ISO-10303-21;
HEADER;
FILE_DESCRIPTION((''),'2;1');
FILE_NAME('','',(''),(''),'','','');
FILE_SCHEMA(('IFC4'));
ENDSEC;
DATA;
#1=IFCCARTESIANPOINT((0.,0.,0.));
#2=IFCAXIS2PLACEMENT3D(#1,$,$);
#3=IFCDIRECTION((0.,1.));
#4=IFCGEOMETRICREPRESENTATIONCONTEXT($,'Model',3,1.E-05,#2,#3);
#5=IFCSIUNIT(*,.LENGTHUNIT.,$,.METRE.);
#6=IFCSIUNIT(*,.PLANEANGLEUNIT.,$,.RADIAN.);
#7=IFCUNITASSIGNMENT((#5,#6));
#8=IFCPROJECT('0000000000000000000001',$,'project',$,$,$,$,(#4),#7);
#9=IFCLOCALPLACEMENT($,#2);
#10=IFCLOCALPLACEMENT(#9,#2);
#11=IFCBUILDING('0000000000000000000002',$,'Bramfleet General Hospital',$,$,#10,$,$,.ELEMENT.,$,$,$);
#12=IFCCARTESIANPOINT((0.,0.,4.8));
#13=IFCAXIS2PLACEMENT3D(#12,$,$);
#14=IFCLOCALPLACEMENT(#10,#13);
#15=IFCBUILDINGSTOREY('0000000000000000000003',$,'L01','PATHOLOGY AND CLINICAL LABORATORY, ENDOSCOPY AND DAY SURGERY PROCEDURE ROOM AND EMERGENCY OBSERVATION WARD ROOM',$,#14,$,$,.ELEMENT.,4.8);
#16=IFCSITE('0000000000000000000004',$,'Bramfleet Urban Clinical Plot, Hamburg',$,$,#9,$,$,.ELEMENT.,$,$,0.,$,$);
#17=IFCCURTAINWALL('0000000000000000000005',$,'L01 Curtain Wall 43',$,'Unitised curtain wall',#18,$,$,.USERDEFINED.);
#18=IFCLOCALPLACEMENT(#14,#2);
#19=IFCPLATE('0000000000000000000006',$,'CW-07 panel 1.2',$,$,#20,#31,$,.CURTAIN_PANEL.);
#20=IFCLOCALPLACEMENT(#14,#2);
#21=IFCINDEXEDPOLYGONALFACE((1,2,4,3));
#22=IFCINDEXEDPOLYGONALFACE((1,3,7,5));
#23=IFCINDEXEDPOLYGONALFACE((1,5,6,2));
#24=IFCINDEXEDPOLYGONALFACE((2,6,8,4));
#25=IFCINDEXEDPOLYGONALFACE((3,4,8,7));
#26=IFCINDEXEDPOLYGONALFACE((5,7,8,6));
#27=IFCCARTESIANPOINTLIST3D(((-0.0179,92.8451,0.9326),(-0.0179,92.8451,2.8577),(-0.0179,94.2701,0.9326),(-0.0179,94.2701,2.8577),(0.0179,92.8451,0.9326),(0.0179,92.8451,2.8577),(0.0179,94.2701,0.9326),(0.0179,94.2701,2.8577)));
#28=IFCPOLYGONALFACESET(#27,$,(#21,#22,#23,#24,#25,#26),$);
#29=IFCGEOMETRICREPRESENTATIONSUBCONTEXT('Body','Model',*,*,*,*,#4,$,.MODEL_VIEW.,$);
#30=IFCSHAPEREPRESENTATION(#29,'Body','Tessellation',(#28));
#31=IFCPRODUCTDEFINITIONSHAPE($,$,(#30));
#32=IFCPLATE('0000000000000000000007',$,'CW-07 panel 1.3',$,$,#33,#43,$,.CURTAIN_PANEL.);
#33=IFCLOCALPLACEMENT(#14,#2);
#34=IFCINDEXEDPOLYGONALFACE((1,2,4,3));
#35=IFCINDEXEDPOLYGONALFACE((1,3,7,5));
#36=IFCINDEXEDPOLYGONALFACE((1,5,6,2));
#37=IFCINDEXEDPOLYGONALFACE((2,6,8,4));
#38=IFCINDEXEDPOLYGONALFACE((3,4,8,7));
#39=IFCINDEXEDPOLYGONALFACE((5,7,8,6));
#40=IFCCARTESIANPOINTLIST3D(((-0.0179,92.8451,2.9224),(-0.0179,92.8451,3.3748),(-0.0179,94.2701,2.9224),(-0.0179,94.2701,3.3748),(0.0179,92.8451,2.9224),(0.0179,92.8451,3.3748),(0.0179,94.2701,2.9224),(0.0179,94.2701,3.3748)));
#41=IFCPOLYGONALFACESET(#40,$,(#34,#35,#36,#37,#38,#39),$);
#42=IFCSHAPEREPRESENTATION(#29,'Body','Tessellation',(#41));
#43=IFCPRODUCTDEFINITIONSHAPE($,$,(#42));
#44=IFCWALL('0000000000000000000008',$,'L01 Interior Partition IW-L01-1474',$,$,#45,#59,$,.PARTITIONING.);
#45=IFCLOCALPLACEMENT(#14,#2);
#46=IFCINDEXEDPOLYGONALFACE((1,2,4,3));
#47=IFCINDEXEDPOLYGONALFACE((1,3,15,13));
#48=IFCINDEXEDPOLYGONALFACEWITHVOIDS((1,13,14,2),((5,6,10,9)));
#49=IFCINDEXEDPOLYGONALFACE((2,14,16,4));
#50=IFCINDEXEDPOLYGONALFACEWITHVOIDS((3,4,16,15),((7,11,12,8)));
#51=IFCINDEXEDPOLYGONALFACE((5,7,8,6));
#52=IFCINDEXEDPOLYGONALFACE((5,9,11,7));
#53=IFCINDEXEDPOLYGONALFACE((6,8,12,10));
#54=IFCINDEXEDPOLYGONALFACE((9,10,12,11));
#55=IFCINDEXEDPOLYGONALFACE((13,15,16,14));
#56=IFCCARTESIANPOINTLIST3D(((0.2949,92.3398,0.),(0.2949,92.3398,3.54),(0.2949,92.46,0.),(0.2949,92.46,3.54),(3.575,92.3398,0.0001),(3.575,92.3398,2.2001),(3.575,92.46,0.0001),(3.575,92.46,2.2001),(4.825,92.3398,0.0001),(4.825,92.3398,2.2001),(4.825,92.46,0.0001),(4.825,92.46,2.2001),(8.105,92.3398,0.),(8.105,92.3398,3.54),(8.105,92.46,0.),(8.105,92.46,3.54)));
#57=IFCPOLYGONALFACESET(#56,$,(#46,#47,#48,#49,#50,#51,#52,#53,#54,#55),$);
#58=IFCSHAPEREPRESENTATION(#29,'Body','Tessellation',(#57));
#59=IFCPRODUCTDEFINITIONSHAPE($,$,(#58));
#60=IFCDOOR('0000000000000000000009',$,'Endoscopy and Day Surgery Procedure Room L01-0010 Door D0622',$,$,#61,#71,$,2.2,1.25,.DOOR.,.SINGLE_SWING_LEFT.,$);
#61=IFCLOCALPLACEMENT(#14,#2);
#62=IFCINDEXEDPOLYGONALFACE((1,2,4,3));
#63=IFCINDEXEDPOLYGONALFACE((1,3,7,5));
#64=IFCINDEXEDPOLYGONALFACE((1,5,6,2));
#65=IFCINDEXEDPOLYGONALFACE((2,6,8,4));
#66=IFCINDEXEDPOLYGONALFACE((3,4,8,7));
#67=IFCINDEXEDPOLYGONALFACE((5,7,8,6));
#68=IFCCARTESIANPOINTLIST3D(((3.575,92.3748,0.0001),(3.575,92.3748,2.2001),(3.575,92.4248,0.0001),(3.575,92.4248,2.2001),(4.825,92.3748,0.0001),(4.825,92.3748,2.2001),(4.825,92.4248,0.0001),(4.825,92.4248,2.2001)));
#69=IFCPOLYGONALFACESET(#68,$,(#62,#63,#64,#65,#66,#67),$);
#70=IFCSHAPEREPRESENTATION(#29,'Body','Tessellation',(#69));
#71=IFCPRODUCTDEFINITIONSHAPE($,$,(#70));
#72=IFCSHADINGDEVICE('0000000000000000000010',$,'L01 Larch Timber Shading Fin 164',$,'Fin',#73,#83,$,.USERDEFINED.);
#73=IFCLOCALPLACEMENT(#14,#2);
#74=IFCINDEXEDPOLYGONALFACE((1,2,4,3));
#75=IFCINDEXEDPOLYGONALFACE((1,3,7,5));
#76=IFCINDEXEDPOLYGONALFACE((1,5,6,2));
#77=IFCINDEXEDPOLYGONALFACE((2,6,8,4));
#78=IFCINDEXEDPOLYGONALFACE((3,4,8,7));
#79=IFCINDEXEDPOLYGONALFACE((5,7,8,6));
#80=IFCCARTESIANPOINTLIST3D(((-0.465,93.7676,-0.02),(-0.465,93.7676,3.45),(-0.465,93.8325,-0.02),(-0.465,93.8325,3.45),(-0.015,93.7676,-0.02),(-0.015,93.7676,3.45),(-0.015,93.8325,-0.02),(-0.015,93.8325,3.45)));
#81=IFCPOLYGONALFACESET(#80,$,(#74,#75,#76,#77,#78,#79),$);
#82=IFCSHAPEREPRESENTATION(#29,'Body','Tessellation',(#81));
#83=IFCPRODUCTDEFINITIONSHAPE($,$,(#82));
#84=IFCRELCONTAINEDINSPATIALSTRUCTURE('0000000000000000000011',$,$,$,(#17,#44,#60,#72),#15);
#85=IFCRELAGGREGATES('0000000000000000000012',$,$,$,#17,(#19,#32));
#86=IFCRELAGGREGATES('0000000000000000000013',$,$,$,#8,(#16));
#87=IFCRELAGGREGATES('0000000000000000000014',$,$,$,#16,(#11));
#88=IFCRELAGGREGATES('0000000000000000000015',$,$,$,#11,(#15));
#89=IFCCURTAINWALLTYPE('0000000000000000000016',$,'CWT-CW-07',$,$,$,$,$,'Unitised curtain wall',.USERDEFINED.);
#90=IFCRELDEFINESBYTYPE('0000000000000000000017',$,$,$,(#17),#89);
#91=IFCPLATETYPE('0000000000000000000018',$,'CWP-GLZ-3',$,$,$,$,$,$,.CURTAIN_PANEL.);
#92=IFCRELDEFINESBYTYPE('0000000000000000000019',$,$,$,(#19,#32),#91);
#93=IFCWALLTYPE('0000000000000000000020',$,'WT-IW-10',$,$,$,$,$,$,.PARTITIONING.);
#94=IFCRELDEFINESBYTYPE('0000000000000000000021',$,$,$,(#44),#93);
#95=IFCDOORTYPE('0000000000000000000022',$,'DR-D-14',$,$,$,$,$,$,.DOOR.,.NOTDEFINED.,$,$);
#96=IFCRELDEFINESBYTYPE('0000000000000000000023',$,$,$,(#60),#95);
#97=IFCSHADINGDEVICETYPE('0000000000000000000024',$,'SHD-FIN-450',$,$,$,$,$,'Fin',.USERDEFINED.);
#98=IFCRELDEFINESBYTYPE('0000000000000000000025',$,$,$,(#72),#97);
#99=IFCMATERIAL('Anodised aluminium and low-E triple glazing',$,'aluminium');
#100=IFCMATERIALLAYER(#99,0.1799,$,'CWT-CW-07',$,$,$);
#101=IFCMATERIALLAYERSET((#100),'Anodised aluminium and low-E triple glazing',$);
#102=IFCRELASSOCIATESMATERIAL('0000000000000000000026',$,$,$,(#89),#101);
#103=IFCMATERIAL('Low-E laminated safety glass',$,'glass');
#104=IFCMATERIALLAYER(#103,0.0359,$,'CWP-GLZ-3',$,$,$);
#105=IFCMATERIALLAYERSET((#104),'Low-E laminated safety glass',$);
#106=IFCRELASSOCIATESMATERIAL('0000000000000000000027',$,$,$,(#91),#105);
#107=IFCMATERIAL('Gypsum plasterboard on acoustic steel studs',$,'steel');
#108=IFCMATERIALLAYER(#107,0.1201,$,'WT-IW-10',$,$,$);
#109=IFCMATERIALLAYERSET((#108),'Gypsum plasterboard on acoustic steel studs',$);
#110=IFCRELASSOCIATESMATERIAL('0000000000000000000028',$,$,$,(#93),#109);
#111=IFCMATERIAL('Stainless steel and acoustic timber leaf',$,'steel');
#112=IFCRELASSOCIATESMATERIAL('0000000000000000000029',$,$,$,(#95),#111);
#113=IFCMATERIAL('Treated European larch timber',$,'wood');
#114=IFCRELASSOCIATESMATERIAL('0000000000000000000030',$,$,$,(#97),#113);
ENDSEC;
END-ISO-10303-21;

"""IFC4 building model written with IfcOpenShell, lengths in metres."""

from ifc_helpers import new_model, si_unit, direction, frame, frame_2d, origin, origin_2d, place, context, subcontext, project, spatial, rectangle, extrude, material, layer, layer_set, material_profile, profile_set, type_object, element, fill, aggregate, save


model = new_model("IFC4")

# Units and contexts
model_context = context("Model", 3, precision=1e-05, world=origin(), true_north=direction((0.0, 1.0)))
body_context = subcontext(model_context, "Body", "Model", "MODEL_VIEW")
ifc_project = project(units=[si_unit("LENGTHUNIT", "METRE"), si_unit("PLANEANGLEUNIT", "RADIAN")], contexts=[model_context])

# Site, building, storey
site_placement = place(None, origin())
site = spatial("IfcSite", under=ifc_project, at=site_placement, Name="Bramfleet Urban Clinical Plot, Hamburg", CompositionType="ELEMENT", RefElevation=0.0)
building_placement = place(site_placement, origin())
building = spatial("IfcBuilding", under=site, at=building_placement, Name="Bramfleet General Hospital", CompositionType="ELEMENT")
storey_placement = place(building_placement, frame((0.0, 0.0, 4.8)))
storey = spatial("IfcBuildingStorey", under=building, at=storey_placement, Name="L01", Description="PATHOLOGY AND CLINICAL LABORATORY, ENDOSCOPY AND DAY SURGERY PROCEDURE ROOM AND EMERGENCY OBSERVATION WARD ROOM", CompositionType="ELEMENT", Elevation=4.8)

# Curtain wall, plates
ifc_material_1 = material(Name="Anodised aluminium and low-E triple glazing", Category="aluminium")
ifc_layer_1 = layer(ifc_material_1, 0.1799, Name="CWT-CW-07")
ifc_layer_set_1 = layer_set([ifc_layer_1], Name="Anodised aluminium and low-E triple glazing")
curtain_wall_type = type_object("IfcCurtainWallType", Name="CWT-CW-07", ElementType="Unitised curtain wall", PredefinedType="USERDEFINED", material=ifc_layer_set_1)
curtain_wall_placement = place(storey_placement, origin())
curtain_wall = element("IfcCurtainWall", 1, at=curtain_wall_placement, inside=storey, type_object=curtain_wall_type, Name="L01 Curtain Wall 43", ObjectType="Unitised curtain wall", PredefinedType="USERDEFINED")
ifc_material_2 = material(Name="Low-E laminated safety glass", Category="glass")
ifc_layer_2 = layer(ifc_material_2, 0.0359, Name="CWP-GLZ-3")
ifc_layer_set_2 = layer_set([ifc_layer_2], Name="Low-E laminated safety glass")
plate_type = type_object("IfcPlateType", Name="CWP-GLZ-3", PredefinedType="CURTAIN_PANEL", material=ifc_layer_set_2)
plate_1_placement = place(storey_placement, frame((0.0, 93.5576, 0.9326), z_axis=(0.0, 0.0, 1.0), x_axis=(0.0, 1.0, 0.0)))
plate_1 = element("IfcPlate", 2, at=plate_1_placement, type_object=plate_type, Name="CW-07 panel 1.2", PredefinedType="CURTAIN_PANEL", context=body_context, shape_type="SweptSolid", body=[
    extrude(rectangle(XDim=1.425, YDim=0.0359, at=origin_2d()), origin(), (0.0, 0.0, 1.0), 1.925),
])
plate_2_placement = place(storey_placement, frame((0.0, 93.5576, 2.9224), z_axis=(0.0, 0.0, 1.0), x_axis=(0.0, 1.0, 0.0)))
plate_2 = element("IfcPlate", 3, at=plate_2_placement, type_object=plate_type, Name="CW-07 panel 1.3", PredefinedType="CURTAIN_PANEL", context=body_context, shape_type="SweptSolid", body=[
    extrude(rectangle(XDim=1.425, YDim=0.0359, at=origin_2d()), origin(), (0.0, 0.0, 1.0), 0.4524),
])
aggregate(curtain_wall, [plate_1, plate_2])

# Wall, opening, door
ifc_material_3 = material(Name="Gypsum plasterboard on acoustic steel studs", Category="steel")
ifc_layer_3 = layer(ifc_material_3, 0.1201, Name="WT-IW-10")
ifc_layer_set_3 = layer_set([ifc_layer_3], Name="Gypsum plasterboard on acoustic steel studs")
wall_type = type_object("IfcWallType", Name="WT-IW-10", PredefinedType="PARTITIONING", material=ifc_layer_set_3)
wall_placement = place(storey_placement, frame((0.2949, 92.3999, 0.0), z_axis=(0.0, 0.0, 1.0), x_axis=(1.0, 0.0, 0.0)))
wall = element("IfcWall", 4, at=wall_placement, inside=storey, type_object=wall_type, Name="L01 Interior Partition IW-L01-1474", PredefinedType="PARTITIONING", context=body_context, shape_type="SweptSolid", body=[
    extrude(rectangle(XDim=7.8101, YDim=0.1201, at=frame_2d((3.905, 0.0))), origin(), (0.0, 0.0, 1.0), 3.54),
])
opening_placement = place(wall_placement, frame((3.28, 0.0, 0.0)))
opening = element("IfcOpeningElement", 5, at=opening_placement, cuts=wall, PredefinedType="OPENING", context=body_context, shape_type="SweptSolid", body=[
    extrude(rectangle(XDim=1.25, YDim=2.2, at=frame_2d((0.625, 1.1001))), frame((0.0, 0.0701, 0.0), z_axis=(0.0, -1.0, 0.0), x_axis=(1.0, 0.0, 0.0)), (0.0, 0.0, 1.0), 0.1401),
])
ifc_material_4 = material(Name="Stainless steel and acoustic timber leaf", Category="steel")
door_type = type_object("IfcDoorType", Name="DR-D-14", OperationType="NOTDEFINED", PredefinedType="DOOR", material=ifc_material_4)
door_placement = place(opening_placement, origin())
door = element("IfcDoor", 6, at=door_placement, inside=storey, type_object=door_type, Name="Endoscopy and Day Surgery Procedure Room L01-0010 Door D0622", OperationType="SINGLE_SWING_LEFT", OverallHeight=2.2, OverallWidth=1.25, PredefinedType="DOOR", context=body_context, shape_type="SweptSolid", body=[
    extrude(rectangle(XDim=1.25, YDim=2.2, at=frame_2d((0.625, 1.1001))), frame((0.0, 0.0249, 0.0), z_axis=(0.0, -1.0, 0.0), x_axis=(1.0, 0.0, 0.0)), (0.0, 0.0, 1.0), 0.05),
])
fill(opening, door)

# Shading device
ifc_material_5 = material(Name="Treated European larch timber", Category="wood")
ifc_material_profile_1 = material_profile(ifc_material_5, rectangle(XDim=0.0649, YDim=0.45, at=origin_2d()), Name="LARCH FIN 450x65")
ifc_profile_set_1 = profile_set([ifc_material_profile_1], Name="Treated European larch timber")
shading_device_type = type_object("IfcShadingDeviceType", Name="SHD-FIN-450", ElementType="Fin", PredefinedType="USERDEFINED", material=ifc_profile_set_1)
shading_device_placement = place(storey_placement, frame((-0.24, 93.8, -0.02), z_axis=(0.0, 0.0, 1.0), x_axis=(0.0, 1.0, 0.0)))
element("IfcShadingDevice", 7, at=shading_device_placement, inside=storey, type_object=shading_device_type, Name="L01 Larch Timber Shading Fin 164", ObjectType="Fin", PredefinedType="USERDEFINED", context=body_context, shape_type="SweptSolid", body=[
    extrude(rectangle(XDim=0.0649, YDim=0.45, at=origin_2d()), origin(), (0.0, 0.0, 1.0), 3.47),
])

save(model, "model.ifc")
